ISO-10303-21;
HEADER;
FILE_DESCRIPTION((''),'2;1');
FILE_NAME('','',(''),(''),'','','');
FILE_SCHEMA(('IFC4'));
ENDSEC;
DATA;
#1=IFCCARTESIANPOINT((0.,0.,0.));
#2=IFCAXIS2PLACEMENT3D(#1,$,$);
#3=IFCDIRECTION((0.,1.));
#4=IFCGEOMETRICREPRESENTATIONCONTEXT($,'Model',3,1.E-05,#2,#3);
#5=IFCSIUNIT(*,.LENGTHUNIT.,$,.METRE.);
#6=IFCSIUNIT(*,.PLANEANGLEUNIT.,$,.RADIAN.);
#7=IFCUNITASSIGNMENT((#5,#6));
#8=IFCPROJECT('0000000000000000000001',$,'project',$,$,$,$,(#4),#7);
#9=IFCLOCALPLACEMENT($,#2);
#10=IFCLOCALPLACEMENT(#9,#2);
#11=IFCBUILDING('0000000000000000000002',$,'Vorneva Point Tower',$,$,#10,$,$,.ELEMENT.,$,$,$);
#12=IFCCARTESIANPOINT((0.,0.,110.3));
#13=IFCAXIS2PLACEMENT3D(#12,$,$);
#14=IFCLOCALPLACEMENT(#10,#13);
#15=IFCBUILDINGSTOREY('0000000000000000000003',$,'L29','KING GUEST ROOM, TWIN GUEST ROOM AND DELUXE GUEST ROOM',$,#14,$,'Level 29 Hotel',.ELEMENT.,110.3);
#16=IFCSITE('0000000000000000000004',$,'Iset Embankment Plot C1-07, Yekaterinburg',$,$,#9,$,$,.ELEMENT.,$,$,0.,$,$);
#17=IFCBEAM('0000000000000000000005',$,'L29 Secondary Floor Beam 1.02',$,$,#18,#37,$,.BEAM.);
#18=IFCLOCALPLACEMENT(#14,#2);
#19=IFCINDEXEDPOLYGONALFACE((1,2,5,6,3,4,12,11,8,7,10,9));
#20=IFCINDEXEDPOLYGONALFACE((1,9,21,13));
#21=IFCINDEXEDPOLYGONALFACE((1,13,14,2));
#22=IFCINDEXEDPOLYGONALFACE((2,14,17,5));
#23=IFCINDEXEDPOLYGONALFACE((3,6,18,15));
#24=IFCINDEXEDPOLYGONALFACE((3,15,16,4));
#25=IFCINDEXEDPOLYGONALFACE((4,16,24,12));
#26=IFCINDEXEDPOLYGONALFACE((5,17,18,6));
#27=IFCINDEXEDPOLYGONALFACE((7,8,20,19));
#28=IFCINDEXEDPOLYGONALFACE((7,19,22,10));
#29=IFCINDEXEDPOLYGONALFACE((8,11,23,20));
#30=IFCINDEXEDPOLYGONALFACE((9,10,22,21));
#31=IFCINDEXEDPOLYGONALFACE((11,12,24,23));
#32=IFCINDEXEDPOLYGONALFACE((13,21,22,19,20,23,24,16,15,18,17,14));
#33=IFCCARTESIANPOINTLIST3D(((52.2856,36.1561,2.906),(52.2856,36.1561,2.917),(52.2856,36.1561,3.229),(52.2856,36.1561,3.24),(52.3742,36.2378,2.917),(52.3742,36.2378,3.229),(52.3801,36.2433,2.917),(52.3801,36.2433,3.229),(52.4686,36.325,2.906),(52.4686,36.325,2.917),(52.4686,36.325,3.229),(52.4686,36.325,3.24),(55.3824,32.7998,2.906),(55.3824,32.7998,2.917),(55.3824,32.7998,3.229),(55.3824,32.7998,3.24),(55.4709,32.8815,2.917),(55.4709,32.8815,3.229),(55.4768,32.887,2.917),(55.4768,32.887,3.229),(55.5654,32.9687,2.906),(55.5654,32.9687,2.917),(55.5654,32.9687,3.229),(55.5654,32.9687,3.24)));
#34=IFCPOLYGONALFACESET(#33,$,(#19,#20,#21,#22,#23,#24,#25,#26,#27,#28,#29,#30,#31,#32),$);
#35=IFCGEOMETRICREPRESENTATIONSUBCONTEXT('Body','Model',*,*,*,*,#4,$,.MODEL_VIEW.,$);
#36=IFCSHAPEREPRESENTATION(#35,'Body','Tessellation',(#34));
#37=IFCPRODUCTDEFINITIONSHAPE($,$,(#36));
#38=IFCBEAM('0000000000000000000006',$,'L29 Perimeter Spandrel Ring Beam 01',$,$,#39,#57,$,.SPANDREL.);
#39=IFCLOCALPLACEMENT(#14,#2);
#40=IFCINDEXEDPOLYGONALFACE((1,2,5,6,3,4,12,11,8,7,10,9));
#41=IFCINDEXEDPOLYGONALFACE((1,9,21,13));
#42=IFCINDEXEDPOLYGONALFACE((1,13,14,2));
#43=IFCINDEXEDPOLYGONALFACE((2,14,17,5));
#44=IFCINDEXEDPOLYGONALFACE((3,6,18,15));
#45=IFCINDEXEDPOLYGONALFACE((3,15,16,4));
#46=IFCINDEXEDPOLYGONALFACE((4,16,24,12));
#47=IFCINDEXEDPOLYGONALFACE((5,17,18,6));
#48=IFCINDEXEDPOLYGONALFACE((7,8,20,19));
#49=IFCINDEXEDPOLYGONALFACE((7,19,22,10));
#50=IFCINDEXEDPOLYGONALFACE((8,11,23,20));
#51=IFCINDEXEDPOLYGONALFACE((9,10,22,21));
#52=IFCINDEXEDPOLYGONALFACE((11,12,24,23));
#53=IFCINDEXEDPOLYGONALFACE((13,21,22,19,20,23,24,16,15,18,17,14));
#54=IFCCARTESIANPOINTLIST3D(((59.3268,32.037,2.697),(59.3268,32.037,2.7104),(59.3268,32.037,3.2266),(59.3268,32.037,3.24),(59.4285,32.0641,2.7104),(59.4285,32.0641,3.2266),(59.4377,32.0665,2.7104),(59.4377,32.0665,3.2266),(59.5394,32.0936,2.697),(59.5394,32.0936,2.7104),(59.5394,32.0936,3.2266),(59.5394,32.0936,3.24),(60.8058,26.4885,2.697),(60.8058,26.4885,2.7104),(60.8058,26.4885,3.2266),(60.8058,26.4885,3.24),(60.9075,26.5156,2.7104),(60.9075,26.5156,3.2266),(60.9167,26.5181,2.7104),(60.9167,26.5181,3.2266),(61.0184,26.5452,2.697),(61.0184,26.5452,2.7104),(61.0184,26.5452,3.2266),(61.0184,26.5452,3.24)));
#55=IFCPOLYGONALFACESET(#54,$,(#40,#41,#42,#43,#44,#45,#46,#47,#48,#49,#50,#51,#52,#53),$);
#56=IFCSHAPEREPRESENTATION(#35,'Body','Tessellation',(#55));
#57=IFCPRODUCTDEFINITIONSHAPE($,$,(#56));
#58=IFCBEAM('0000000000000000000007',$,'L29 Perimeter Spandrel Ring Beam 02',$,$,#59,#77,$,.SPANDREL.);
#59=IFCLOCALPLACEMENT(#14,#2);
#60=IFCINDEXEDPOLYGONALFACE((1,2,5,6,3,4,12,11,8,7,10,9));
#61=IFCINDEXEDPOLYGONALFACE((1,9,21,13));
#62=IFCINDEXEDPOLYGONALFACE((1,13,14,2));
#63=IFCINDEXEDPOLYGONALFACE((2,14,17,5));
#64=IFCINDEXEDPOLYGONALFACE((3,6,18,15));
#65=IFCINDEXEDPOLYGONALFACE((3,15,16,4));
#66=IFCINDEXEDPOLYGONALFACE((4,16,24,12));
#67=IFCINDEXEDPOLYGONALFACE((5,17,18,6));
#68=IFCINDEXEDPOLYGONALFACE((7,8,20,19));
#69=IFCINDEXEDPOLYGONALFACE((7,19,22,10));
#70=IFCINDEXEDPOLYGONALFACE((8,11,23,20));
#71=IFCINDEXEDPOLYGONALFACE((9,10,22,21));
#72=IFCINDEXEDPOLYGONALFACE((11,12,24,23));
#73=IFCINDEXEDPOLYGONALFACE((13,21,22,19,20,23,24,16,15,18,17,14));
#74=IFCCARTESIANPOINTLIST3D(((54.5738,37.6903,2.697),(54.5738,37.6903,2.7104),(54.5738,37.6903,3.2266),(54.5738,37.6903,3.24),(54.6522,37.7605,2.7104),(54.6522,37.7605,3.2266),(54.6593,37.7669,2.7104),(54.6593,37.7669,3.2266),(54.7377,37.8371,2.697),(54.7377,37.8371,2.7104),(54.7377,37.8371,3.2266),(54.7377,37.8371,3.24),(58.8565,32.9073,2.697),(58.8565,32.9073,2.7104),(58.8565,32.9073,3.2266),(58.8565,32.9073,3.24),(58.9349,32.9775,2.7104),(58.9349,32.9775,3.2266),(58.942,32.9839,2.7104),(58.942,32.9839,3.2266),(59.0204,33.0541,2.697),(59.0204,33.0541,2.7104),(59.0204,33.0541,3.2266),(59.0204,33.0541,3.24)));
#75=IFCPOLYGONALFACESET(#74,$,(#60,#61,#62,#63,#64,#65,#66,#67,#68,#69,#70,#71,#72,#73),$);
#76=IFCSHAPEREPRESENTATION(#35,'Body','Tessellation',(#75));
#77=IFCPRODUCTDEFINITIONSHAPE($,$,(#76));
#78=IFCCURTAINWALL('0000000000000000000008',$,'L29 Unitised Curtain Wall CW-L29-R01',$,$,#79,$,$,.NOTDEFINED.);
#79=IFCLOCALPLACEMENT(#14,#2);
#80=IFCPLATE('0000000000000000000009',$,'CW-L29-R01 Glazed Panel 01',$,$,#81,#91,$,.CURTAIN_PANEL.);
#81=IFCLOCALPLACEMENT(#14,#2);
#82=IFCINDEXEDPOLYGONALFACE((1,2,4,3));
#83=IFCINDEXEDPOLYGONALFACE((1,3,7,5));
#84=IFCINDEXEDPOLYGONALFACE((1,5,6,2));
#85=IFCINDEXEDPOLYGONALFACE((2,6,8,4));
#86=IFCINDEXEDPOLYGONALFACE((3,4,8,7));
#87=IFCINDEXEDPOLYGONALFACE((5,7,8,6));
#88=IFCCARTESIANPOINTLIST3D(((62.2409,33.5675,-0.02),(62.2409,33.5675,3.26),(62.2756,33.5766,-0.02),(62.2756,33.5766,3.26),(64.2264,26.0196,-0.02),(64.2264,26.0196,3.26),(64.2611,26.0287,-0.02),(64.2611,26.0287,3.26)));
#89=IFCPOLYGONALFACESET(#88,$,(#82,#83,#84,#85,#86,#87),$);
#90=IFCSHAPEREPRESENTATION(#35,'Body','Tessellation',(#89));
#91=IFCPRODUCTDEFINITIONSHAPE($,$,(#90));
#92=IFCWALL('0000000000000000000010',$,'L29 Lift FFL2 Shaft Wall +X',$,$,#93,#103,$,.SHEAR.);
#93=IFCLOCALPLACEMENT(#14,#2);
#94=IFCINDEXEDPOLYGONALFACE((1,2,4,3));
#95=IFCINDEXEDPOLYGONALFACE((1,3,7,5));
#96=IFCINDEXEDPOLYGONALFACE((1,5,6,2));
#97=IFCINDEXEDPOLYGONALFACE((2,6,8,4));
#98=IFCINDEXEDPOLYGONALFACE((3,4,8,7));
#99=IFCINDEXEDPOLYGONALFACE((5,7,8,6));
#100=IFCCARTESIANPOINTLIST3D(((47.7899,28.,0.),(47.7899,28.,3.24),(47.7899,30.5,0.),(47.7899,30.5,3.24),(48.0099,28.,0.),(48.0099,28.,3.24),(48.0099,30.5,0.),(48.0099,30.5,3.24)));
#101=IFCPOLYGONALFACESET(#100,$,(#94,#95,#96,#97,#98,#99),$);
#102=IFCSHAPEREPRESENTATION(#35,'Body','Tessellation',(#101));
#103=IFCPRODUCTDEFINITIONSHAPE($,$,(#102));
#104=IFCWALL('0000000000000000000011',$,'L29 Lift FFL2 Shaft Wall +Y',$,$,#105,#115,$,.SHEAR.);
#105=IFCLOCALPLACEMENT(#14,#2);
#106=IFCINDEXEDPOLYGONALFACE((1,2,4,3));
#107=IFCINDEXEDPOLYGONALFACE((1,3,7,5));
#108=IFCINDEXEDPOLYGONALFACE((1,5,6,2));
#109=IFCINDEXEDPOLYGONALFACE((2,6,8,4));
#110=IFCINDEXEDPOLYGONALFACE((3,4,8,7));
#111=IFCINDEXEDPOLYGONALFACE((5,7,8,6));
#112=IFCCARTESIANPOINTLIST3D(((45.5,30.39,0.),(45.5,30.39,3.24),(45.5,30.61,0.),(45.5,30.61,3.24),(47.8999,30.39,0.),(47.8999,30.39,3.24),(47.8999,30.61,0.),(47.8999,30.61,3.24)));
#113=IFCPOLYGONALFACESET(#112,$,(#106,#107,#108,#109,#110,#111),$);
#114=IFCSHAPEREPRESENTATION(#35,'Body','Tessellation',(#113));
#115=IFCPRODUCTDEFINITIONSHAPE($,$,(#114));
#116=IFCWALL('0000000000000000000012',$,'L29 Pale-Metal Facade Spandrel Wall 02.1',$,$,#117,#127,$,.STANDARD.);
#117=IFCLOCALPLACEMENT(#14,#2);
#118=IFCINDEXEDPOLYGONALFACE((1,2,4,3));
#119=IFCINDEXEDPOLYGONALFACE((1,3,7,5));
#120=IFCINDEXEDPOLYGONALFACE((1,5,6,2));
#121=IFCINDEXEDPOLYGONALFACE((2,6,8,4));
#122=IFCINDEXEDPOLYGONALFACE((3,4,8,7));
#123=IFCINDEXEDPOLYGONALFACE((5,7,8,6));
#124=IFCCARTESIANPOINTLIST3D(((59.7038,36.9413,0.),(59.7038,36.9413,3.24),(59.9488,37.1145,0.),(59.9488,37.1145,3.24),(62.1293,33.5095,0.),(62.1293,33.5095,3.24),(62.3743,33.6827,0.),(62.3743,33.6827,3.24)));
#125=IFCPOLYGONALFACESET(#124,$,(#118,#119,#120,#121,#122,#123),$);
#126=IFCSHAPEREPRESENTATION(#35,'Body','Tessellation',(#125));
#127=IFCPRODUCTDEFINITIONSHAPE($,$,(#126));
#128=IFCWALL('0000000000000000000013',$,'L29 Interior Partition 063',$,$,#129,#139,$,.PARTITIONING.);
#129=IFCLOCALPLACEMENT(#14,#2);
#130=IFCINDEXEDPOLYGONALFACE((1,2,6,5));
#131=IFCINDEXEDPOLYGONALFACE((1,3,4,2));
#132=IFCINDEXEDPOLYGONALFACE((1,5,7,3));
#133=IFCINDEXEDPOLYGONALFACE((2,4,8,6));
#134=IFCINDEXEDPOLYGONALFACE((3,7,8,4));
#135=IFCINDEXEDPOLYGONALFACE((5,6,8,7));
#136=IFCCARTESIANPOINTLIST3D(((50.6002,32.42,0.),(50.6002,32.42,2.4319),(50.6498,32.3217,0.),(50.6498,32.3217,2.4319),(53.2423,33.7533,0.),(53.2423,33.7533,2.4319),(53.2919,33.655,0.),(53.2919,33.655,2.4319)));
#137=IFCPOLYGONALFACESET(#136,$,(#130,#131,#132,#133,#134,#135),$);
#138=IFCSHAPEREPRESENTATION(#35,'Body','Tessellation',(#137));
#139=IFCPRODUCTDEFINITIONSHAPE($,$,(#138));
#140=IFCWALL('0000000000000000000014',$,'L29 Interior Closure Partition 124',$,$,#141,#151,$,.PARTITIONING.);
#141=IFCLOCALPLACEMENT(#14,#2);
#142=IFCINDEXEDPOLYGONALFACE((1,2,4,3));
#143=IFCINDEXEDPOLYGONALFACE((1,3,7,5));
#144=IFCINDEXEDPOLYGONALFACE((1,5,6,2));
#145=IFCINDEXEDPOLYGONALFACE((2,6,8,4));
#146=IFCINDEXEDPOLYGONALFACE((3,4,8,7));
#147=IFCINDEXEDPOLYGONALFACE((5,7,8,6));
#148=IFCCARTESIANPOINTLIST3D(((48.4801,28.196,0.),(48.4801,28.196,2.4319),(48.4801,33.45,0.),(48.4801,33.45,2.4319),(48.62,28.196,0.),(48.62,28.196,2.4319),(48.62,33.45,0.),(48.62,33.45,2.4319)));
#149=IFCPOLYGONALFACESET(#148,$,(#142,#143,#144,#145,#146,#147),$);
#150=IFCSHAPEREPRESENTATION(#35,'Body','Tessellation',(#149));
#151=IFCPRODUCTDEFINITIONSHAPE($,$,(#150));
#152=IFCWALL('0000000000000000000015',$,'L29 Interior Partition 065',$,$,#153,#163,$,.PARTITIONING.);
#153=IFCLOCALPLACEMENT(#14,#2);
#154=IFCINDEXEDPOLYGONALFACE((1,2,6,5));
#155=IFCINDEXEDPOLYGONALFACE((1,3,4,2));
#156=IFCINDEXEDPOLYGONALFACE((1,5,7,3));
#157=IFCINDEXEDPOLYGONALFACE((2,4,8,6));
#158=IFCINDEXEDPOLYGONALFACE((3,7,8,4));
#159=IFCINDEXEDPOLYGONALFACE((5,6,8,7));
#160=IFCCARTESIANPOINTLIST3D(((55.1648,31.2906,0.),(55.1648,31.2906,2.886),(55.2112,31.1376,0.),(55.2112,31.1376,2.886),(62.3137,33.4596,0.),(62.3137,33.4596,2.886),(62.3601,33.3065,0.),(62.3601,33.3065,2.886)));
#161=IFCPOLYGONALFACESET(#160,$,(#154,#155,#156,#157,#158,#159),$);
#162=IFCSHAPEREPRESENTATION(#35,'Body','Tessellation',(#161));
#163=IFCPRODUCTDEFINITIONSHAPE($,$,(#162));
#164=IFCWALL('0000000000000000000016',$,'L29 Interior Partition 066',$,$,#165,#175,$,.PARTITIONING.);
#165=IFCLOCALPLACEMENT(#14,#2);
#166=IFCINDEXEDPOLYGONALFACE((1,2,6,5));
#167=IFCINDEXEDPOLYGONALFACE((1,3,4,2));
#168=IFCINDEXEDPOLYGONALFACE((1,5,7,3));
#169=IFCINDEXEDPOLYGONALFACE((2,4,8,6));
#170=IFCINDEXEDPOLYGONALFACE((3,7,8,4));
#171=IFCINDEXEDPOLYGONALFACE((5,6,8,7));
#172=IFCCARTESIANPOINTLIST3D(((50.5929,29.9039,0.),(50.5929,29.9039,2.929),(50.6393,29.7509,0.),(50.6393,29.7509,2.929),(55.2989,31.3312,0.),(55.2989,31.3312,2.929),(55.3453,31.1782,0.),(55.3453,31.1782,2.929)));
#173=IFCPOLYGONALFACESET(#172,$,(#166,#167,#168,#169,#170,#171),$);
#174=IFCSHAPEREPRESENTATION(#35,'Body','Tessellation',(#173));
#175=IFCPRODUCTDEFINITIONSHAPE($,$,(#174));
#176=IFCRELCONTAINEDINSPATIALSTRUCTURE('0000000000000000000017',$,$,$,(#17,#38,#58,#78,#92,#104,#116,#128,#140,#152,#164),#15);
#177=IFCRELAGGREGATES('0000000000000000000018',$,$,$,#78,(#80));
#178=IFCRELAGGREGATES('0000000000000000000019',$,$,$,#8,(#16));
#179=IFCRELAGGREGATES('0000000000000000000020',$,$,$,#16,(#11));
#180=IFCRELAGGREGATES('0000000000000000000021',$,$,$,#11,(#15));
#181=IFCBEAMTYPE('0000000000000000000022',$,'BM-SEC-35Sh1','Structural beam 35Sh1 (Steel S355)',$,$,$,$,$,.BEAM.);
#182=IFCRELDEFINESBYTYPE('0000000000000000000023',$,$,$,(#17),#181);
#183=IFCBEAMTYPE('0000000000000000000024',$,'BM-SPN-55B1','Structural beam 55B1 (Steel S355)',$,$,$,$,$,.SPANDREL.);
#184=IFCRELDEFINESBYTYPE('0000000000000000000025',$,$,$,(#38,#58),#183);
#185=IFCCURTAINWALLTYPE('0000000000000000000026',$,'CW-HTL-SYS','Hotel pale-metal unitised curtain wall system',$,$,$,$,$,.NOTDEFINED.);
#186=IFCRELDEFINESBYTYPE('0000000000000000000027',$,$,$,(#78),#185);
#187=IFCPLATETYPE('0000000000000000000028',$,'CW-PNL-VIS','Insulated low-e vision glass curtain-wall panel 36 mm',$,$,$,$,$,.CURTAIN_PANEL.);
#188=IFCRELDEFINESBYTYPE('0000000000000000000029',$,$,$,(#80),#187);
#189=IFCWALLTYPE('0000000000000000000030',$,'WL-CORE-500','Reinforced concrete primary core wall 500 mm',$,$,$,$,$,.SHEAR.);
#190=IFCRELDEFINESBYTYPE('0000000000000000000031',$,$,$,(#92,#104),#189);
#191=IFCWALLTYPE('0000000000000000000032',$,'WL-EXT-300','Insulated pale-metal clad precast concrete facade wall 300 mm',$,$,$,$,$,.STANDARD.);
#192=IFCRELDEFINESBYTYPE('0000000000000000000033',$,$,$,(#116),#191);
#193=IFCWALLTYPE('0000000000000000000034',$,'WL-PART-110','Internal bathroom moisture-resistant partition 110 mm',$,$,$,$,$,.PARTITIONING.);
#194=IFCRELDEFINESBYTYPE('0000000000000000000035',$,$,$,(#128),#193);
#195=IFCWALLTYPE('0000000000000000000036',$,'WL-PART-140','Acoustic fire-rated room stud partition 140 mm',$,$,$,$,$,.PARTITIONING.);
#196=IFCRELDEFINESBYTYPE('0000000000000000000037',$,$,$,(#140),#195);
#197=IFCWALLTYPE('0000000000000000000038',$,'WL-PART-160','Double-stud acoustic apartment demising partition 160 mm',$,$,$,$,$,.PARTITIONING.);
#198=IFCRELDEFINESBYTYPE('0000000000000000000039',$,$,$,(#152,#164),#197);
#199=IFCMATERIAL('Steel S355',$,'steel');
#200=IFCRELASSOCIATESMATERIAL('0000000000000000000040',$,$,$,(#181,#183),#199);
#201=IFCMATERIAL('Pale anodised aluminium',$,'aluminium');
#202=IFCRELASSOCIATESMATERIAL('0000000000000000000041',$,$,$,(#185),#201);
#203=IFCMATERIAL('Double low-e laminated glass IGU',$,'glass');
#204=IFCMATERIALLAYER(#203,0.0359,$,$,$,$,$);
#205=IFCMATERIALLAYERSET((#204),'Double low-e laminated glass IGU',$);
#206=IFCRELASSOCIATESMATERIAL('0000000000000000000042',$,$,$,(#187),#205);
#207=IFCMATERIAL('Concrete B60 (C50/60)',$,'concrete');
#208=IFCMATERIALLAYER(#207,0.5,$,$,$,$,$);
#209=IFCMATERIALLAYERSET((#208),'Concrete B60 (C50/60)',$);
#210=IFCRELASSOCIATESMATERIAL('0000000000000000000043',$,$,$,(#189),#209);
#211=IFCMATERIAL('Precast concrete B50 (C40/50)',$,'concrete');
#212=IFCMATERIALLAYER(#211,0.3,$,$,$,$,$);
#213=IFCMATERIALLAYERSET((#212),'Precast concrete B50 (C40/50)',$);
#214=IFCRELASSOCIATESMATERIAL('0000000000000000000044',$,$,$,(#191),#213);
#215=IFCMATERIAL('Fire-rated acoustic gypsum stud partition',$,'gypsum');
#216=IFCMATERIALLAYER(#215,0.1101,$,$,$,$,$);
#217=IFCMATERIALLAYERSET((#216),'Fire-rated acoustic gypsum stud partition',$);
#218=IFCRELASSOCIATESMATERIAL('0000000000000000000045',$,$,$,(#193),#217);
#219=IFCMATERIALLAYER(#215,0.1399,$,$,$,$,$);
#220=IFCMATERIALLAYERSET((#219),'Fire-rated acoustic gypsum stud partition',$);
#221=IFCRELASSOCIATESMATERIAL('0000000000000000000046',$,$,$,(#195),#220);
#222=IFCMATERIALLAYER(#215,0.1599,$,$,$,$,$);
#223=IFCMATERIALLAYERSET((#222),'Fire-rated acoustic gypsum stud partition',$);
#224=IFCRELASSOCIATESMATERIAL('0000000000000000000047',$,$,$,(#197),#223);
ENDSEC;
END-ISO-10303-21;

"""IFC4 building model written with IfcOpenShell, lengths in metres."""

from ifc_helpers import new_model, si_unit, direction, frame, frame_2d, origin, origin_2d, place, context, subcontext, project, spatial, rectangle, i_section, extrude, material, layer, layer_set, material_profile, profile_set, type_object, element, aggregate, save


model = new_model("IFC4")

# Units and contexts
model_context = context("Model", 3, precision=1e-05, world=origin(), true_north=direction((0.0, 1.0)))
body_context = subcontext(model_context, "Body", "Model", "MODEL_VIEW")
ifc_project = project(units=[si_unit("LENGTHUNIT", "METRE"), si_unit("PLANEANGLEUNIT", "RADIAN")], contexts=[model_context])

# Site, building, storey
site_placement = place(None, origin())
site = spatial("IfcSite", under=ifc_project, at=site_placement, Name="Iset Embankment Plot C1-07, Yekaterinburg", CompositionType="ELEMENT", RefElevation=0.0)
building_placement = place(site_placement, origin())
building = spatial("IfcBuilding", under=site, at=building_placement, Name="Vorneva Point Tower", CompositionType="ELEMENT")
storey_placement = place(building_placement, frame((0.0, 0.0, 110.3)))
storey = spatial("IfcBuildingStorey", under=building, at=storey_placement, Name="L29", Description="KING GUEST ROOM, TWIN GUEST ROOM AND DELUXE GUEST ROOM", LongName="Level 29 Hotel", CompositionType="ELEMENT", Elevation=110.3)

# Shared definitions
ifc_material_1 = material(Name="Concrete B60 (C50/60)", Category="concrete")

# Beams
ifc_material_2 = material(Name="Steel S355", Category="steel")
ifc_material_profile_1 = material_profile(ifc_material_2, i_section(OverallWidth=0.249, OverallDepth=0.334, WebThickness=0.0081, FlangeThickness=0.011, at=origin_2d()), Name="35Sh1")
ifc_profile_set_1 = profile_set([ifc_material_profile_1], Name="Steel S355")
beam_type_1 = type_object("IfcBeamType", Name="BM-SEC-35Sh1", Description="Structural beam 35Sh1 (Steel S355)", PredefinedType="BEAM", material=ifc_profile_set_1)
beam_1_placement = place(storey_placement, frame((55.4739, 32.8843, 3.073), z_axis=(-0.67812, 0.734951, 0.0), x_axis=(-0.734951, -0.67812, 0.0)))
element("IfcBeam", 1, at=beam_1_placement, inside=storey, type_object=beam_type_1, Name="L29 Secondary Floor Beam 1.02", PredefinedType="BEAM", context=body_context, shape_type="SweptSolid", body=[
    extrude(i_section(OverallWidth=0.249, OverallDepth=0.334, WebThickness=0.0081, FlangeThickness=0.011, at=origin_2d()), origin(), (0.0, 0.0, 1.0), 4.5667),
])
ifc_material_profile_2 = material_profile(ifc_material_2, i_section(OverallWidth=0.22, OverallDepth=0.543, WebThickness=0.0095, FlangeThickness=0.0134, at=origin_2d()), Name="55B1")
ifc_profile_set_2 = profile_set([ifc_material_profile_2], Name="Steel S355")
beam_type_2 = type_object("IfcBeamType", Name="BM-SPN-55B1", Description="Structural beam 55B1 (Steel S355)", PredefinedType="SPANDREL", material=ifc_profile_set_2)
beam_2_placement = place(storey_placement, frame((60.9121, 26.5168, 2.9685), z_axis=(-0.257573, 0.966259, 0.0), x_axis=(-0.966259, -0.257573, 0.0)))
element("IfcBeam", 2, at=beam_2_placement, inside=storey, type_object=beam_type_2, Name="L29 Perimeter Spandrel Ring Beam 01", PredefinedType="SPANDREL", context=body_context, shape_type="SweptSolid", body=[
    extrude(i_section(OverallWidth=0.22, OverallDepth=0.543, WebThickness=0.0095, FlangeThickness=0.0134, at=origin_2d()), origin(), (0.0, 0.0, 1.0), 5.7422),
])
beam_3_placement = place(storey_placement, frame((58.9385, 32.9807, 2.9685), z_axis=(-0.667074, 0.744992, 0.0), x_axis=(-0.744992, -0.667074, 0.0)))
element("IfcBeam", 3, at=beam_3_placement, inside=storey, type_object=beam_type_2, Name="L29 Perimeter Spandrel Ring Beam 02", PredefinedType="SPANDREL", context=body_context, shape_type="SweptSolid", body=[
    extrude(i_section(OverallWidth=0.22, OverallDepth=0.543, WebThickness=0.0095, FlangeThickness=0.0134, at=origin_2d()), origin(), (0.0, 0.0, 1.0), 6.4202),
])

# Curtain wall, plate
ifc_material_3 = material(Name="Pale anodised aluminium", Category="aluminium")
curtain_wall_type = type_object("IfcCurtainWallType", Name="CW-HTL-SYS", Description="Hotel pale-metal unitised curtain wall system", PredefinedType="NOTDEFINED", material=ifc_material_3)
curtain_wall_placement = place(storey_placement, origin())
curtain_wall = element("IfcCurtainWall", 4, at=curtain_wall_placement, inside=storey, type_object=curtain_wall_type, Name="L29 Unitised Curtain Wall CW-L29-R01", PredefinedType="NOTDEFINED")
ifc_material_4 = material(Name="Double low-e laminated glass IGU", Category="glass")
ifc_layer_1 = layer(ifc_material_4, 0.0359)
ifc_layer_set_1 = layer_set([ifc_layer_1], Name="Double low-e laminated glass IGU")
plate_type = type_object("IfcPlateType", Name="CW-PNL-VIS", Description="Insulated low-e vision glass curtain-wall panel 36 mm", PredefinedType="CURTAIN_PANEL", material=ifc_layer_set_1)
plate_placement = place(storey_placement, frame((63.251, 29.7981, -0.02), z_axis=(0.0, 0.0, 1.0), x_axis=(-0.254399, 0.967099, 0.0)))
plate = element("IfcPlate", 5, at=plate_placement, type_object=plate_type, Name="CW-L29-R01 Glazed Panel 01", PredefinedType="CURTAIN_PANEL", context=body_context, shape_type="SweptSolid", body=[
    extrude(rectangle(XDim=7.8047, YDim=0.0359, at=origin_2d()), origin(), (0.0, 0.0, 1.0), 3.28),
])
aggregate(curtain_wall, [plate])

# Walls
ifc_layer_2 = layer(ifc_material_1, 0.5)
ifc_layer_set_2 = layer_set([ifc_layer_2], Name="Concrete B60 (C50/60)")
wall_type_1 = type_object("IfcWallType", Name="WL-CORE-500", Description="Reinforced concrete primary core wall 500 mm", PredefinedType="SHEAR", material=ifc_layer_set_2)
wall_1_placement = place(storey_placement, frame((47.8999, 28.0, 0.0), z_axis=(0.0, 0.0, 1.0), x_axis=(0.0, 1.0, 0.0)))
element("IfcWall", 6, at=wall_1_placement, inside=storey, type_object=wall_type_1, Name="L29 Lift FFL2 Shaft Wall +X", PredefinedType="SHEAR", context=body_context, shape_type="SweptSolid", body=[
    extrude(rectangle(XDim=2.5, YDim=0.22, at=frame_2d((1.25, 0.0))), origin(), (0.0, 0.0, 1.0), 3.24),
])
wall_2_placement = place(storey_placement, frame((47.8999, 30.5, 0.0), z_axis=(0.0, 0.0, 1.0), x_axis=(-1.0, 0.0, 0.0)))
element("IfcWall", 7, at=wall_2_placement, inside=storey, type_object=wall_type_1, Name="L29 Lift FFL2 Shaft Wall +Y", PredefinedType="SHEAR", context=body_context, shape_type="SweptSolid", body=[
    extrude(rectangle(XDim=2.3999, YDim=0.22, at=frame_2d((1.2, 0.0))), origin(), (0.0, 0.0, 1.0), 3.24),
])
ifc_material_5 = material(Name="Precast concrete B50 (C40/50)", Category="concrete")
ifc_layer_3 = layer(ifc_material_5, 0.3)
ifc_layer_set_3 = layer_set([ifc_layer_3], Name="Precast concrete B50 (C40/50)")
wall_type_2 = type_object("IfcWallType", Name="WL-EXT-300", Description="Insulated pale-metal clad precast concrete facade wall 300 mm", PredefinedType="STANDARD", material=ifc_layer_set_3)
wall_3_placement = place(storey_placement, frame((62.2517, 33.5962, 0.0), z_axis=(0.0, 0.0, 1.0), x_axis=(-0.577164, 0.816628, 0.0)))
element("IfcWall", 8, at=wall_3_placement, inside=storey, type_object=wall_type_2, Name="L29 Pale-Metal Facade Spandrel Wall 02.1", PredefinedType="STANDARD", context=body_context, shape_type="SweptSolid", body=[
    extrude(rectangle(XDim=4.2024, YDim=0.3, at=frame_2d((2.1011, 0.0))), origin(), (0.0, 0.0, 1.0), 3.24),
])
ifc_material_6 = material(Name="Fire-rated acoustic gypsum stud partition", Category="gypsum")
ifc_layer_4 = layer(ifc_material_6, 0.1101)
ifc_layer_set_4 = layer_set([ifc_layer_4], Name="Fire-rated acoustic gypsum stud partition")
wall_type_3 = type_object("IfcWallType", Name="WL-PART-110", Description="Internal bathroom moisture-resistant partition 110 mm", PredefinedType="PARTITIONING", material=ifc_layer_set_4)
wall_4_placement = place(storey_placement, frame((50.625, 32.3708, 0.0), z_axis=(0.0, 0.0, 1.0), x_axis=(0.892771, 0.45051, 0.0)))
element("IfcWall", 9, at=wall_4_placement, inside=storey, type_object=wall_type_3, Name="L29 Interior Partition 063", PredefinedType="PARTITIONING", context=body_context, shape_type="SweptSolid", body=[
    extrude(rectangle(XDim=2.9595, YDim=0.1101, at=frame_2d((1.4797, 0.0))), origin(), (0.0, 0.0, 1.0), 2.4319),
])
ifc_layer_5 = layer(ifc_material_6, 0.1399)
ifc_layer_set_5 = layer_set([ifc_layer_5], Name="Fire-rated acoustic gypsum stud partition")
wall_type_4 = type_object("IfcWallType", Name="WL-PART-140", Description="Acoustic fire-rated room stud partition 140 mm", PredefinedType="PARTITIONING", material=ifc_layer_set_5)
wall_5_placement = place(storey_placement, frame((48.55, 33.45, 0.0), z_axis=(0.0, 0.0, 1.0), x_axis=(0.0, -1.0, 0.0)))
element("IfcWall", 10, at=wall_5_placement, inside=storey, type_object=wall_type_4, Name="L29 Interior Closure Partition 124", PredefinedType="PARTITIONING", context=body_context, shape_type="SweptSolid", body=[
    extrude(rectangle(XDim=5.2539, YDim=0.1399, at=frame_2d((2.627, 0.0))), origin(), (0.0, 0.0, 1.0), 2.4319),
])
ifc_layer_6 = layer(ifc_material_6, 0.1599)
ifc_layer_set_6 = layer_set([ifc_layer_6], Name="Fire-rated acoustic gypsum stud partition")
wall_type_5 = type_object("IfcWallType", Name="WL-PART-160", Description="Double-stud acoustic apartment demising partition 160 mm", PredefinedType="PARTITIONING", material=ifc_layer_set_6)
wall_6_placement = place(storey_placement, frame((55.188, 31.2141, 0.0), z_axis=(0.0, 0.0, 1.0), x_axis=(0.956928, 0.290327, 0.0)))
element("IfcWall", 11, at=wall_6_placement, inside=storey, type_object=wall_type_5, Name="L29 Interior Partition 065", PredefinedType="PARTITIONING", context=body_context, shape_type="SweptSolid", body=[
    extrude(rectangle(XDim=7.4707, YDim=0.1599, at=frame_2d((3.7354, 0.0))), origin(), (0.0, 0.0, 1.0), 2.886),
])
wall_7_placement = place(storey_placement, frame((50.616, 29.8274, 0.0), z_axis=(0.0, 0.0, 1.0), x_axis=(0.956958, 0.290225, 0.0)))
element("IfcWall", 12, at=wall_7_placement, inside=storey, type_object=wall_type_5, Name="L29 Interior Partition 066", PredefinedType="PARTITIONING", context=body_context, shape_type="SweptSolid", body=[
    extrude(rectangle(XDim=4.9177, YDim=0.1599, at=frame_2d((2.459, 0.0))), origin(), (0.0, 0.0, 1.0), 2.929),
])

save(model, "model.ifc")
